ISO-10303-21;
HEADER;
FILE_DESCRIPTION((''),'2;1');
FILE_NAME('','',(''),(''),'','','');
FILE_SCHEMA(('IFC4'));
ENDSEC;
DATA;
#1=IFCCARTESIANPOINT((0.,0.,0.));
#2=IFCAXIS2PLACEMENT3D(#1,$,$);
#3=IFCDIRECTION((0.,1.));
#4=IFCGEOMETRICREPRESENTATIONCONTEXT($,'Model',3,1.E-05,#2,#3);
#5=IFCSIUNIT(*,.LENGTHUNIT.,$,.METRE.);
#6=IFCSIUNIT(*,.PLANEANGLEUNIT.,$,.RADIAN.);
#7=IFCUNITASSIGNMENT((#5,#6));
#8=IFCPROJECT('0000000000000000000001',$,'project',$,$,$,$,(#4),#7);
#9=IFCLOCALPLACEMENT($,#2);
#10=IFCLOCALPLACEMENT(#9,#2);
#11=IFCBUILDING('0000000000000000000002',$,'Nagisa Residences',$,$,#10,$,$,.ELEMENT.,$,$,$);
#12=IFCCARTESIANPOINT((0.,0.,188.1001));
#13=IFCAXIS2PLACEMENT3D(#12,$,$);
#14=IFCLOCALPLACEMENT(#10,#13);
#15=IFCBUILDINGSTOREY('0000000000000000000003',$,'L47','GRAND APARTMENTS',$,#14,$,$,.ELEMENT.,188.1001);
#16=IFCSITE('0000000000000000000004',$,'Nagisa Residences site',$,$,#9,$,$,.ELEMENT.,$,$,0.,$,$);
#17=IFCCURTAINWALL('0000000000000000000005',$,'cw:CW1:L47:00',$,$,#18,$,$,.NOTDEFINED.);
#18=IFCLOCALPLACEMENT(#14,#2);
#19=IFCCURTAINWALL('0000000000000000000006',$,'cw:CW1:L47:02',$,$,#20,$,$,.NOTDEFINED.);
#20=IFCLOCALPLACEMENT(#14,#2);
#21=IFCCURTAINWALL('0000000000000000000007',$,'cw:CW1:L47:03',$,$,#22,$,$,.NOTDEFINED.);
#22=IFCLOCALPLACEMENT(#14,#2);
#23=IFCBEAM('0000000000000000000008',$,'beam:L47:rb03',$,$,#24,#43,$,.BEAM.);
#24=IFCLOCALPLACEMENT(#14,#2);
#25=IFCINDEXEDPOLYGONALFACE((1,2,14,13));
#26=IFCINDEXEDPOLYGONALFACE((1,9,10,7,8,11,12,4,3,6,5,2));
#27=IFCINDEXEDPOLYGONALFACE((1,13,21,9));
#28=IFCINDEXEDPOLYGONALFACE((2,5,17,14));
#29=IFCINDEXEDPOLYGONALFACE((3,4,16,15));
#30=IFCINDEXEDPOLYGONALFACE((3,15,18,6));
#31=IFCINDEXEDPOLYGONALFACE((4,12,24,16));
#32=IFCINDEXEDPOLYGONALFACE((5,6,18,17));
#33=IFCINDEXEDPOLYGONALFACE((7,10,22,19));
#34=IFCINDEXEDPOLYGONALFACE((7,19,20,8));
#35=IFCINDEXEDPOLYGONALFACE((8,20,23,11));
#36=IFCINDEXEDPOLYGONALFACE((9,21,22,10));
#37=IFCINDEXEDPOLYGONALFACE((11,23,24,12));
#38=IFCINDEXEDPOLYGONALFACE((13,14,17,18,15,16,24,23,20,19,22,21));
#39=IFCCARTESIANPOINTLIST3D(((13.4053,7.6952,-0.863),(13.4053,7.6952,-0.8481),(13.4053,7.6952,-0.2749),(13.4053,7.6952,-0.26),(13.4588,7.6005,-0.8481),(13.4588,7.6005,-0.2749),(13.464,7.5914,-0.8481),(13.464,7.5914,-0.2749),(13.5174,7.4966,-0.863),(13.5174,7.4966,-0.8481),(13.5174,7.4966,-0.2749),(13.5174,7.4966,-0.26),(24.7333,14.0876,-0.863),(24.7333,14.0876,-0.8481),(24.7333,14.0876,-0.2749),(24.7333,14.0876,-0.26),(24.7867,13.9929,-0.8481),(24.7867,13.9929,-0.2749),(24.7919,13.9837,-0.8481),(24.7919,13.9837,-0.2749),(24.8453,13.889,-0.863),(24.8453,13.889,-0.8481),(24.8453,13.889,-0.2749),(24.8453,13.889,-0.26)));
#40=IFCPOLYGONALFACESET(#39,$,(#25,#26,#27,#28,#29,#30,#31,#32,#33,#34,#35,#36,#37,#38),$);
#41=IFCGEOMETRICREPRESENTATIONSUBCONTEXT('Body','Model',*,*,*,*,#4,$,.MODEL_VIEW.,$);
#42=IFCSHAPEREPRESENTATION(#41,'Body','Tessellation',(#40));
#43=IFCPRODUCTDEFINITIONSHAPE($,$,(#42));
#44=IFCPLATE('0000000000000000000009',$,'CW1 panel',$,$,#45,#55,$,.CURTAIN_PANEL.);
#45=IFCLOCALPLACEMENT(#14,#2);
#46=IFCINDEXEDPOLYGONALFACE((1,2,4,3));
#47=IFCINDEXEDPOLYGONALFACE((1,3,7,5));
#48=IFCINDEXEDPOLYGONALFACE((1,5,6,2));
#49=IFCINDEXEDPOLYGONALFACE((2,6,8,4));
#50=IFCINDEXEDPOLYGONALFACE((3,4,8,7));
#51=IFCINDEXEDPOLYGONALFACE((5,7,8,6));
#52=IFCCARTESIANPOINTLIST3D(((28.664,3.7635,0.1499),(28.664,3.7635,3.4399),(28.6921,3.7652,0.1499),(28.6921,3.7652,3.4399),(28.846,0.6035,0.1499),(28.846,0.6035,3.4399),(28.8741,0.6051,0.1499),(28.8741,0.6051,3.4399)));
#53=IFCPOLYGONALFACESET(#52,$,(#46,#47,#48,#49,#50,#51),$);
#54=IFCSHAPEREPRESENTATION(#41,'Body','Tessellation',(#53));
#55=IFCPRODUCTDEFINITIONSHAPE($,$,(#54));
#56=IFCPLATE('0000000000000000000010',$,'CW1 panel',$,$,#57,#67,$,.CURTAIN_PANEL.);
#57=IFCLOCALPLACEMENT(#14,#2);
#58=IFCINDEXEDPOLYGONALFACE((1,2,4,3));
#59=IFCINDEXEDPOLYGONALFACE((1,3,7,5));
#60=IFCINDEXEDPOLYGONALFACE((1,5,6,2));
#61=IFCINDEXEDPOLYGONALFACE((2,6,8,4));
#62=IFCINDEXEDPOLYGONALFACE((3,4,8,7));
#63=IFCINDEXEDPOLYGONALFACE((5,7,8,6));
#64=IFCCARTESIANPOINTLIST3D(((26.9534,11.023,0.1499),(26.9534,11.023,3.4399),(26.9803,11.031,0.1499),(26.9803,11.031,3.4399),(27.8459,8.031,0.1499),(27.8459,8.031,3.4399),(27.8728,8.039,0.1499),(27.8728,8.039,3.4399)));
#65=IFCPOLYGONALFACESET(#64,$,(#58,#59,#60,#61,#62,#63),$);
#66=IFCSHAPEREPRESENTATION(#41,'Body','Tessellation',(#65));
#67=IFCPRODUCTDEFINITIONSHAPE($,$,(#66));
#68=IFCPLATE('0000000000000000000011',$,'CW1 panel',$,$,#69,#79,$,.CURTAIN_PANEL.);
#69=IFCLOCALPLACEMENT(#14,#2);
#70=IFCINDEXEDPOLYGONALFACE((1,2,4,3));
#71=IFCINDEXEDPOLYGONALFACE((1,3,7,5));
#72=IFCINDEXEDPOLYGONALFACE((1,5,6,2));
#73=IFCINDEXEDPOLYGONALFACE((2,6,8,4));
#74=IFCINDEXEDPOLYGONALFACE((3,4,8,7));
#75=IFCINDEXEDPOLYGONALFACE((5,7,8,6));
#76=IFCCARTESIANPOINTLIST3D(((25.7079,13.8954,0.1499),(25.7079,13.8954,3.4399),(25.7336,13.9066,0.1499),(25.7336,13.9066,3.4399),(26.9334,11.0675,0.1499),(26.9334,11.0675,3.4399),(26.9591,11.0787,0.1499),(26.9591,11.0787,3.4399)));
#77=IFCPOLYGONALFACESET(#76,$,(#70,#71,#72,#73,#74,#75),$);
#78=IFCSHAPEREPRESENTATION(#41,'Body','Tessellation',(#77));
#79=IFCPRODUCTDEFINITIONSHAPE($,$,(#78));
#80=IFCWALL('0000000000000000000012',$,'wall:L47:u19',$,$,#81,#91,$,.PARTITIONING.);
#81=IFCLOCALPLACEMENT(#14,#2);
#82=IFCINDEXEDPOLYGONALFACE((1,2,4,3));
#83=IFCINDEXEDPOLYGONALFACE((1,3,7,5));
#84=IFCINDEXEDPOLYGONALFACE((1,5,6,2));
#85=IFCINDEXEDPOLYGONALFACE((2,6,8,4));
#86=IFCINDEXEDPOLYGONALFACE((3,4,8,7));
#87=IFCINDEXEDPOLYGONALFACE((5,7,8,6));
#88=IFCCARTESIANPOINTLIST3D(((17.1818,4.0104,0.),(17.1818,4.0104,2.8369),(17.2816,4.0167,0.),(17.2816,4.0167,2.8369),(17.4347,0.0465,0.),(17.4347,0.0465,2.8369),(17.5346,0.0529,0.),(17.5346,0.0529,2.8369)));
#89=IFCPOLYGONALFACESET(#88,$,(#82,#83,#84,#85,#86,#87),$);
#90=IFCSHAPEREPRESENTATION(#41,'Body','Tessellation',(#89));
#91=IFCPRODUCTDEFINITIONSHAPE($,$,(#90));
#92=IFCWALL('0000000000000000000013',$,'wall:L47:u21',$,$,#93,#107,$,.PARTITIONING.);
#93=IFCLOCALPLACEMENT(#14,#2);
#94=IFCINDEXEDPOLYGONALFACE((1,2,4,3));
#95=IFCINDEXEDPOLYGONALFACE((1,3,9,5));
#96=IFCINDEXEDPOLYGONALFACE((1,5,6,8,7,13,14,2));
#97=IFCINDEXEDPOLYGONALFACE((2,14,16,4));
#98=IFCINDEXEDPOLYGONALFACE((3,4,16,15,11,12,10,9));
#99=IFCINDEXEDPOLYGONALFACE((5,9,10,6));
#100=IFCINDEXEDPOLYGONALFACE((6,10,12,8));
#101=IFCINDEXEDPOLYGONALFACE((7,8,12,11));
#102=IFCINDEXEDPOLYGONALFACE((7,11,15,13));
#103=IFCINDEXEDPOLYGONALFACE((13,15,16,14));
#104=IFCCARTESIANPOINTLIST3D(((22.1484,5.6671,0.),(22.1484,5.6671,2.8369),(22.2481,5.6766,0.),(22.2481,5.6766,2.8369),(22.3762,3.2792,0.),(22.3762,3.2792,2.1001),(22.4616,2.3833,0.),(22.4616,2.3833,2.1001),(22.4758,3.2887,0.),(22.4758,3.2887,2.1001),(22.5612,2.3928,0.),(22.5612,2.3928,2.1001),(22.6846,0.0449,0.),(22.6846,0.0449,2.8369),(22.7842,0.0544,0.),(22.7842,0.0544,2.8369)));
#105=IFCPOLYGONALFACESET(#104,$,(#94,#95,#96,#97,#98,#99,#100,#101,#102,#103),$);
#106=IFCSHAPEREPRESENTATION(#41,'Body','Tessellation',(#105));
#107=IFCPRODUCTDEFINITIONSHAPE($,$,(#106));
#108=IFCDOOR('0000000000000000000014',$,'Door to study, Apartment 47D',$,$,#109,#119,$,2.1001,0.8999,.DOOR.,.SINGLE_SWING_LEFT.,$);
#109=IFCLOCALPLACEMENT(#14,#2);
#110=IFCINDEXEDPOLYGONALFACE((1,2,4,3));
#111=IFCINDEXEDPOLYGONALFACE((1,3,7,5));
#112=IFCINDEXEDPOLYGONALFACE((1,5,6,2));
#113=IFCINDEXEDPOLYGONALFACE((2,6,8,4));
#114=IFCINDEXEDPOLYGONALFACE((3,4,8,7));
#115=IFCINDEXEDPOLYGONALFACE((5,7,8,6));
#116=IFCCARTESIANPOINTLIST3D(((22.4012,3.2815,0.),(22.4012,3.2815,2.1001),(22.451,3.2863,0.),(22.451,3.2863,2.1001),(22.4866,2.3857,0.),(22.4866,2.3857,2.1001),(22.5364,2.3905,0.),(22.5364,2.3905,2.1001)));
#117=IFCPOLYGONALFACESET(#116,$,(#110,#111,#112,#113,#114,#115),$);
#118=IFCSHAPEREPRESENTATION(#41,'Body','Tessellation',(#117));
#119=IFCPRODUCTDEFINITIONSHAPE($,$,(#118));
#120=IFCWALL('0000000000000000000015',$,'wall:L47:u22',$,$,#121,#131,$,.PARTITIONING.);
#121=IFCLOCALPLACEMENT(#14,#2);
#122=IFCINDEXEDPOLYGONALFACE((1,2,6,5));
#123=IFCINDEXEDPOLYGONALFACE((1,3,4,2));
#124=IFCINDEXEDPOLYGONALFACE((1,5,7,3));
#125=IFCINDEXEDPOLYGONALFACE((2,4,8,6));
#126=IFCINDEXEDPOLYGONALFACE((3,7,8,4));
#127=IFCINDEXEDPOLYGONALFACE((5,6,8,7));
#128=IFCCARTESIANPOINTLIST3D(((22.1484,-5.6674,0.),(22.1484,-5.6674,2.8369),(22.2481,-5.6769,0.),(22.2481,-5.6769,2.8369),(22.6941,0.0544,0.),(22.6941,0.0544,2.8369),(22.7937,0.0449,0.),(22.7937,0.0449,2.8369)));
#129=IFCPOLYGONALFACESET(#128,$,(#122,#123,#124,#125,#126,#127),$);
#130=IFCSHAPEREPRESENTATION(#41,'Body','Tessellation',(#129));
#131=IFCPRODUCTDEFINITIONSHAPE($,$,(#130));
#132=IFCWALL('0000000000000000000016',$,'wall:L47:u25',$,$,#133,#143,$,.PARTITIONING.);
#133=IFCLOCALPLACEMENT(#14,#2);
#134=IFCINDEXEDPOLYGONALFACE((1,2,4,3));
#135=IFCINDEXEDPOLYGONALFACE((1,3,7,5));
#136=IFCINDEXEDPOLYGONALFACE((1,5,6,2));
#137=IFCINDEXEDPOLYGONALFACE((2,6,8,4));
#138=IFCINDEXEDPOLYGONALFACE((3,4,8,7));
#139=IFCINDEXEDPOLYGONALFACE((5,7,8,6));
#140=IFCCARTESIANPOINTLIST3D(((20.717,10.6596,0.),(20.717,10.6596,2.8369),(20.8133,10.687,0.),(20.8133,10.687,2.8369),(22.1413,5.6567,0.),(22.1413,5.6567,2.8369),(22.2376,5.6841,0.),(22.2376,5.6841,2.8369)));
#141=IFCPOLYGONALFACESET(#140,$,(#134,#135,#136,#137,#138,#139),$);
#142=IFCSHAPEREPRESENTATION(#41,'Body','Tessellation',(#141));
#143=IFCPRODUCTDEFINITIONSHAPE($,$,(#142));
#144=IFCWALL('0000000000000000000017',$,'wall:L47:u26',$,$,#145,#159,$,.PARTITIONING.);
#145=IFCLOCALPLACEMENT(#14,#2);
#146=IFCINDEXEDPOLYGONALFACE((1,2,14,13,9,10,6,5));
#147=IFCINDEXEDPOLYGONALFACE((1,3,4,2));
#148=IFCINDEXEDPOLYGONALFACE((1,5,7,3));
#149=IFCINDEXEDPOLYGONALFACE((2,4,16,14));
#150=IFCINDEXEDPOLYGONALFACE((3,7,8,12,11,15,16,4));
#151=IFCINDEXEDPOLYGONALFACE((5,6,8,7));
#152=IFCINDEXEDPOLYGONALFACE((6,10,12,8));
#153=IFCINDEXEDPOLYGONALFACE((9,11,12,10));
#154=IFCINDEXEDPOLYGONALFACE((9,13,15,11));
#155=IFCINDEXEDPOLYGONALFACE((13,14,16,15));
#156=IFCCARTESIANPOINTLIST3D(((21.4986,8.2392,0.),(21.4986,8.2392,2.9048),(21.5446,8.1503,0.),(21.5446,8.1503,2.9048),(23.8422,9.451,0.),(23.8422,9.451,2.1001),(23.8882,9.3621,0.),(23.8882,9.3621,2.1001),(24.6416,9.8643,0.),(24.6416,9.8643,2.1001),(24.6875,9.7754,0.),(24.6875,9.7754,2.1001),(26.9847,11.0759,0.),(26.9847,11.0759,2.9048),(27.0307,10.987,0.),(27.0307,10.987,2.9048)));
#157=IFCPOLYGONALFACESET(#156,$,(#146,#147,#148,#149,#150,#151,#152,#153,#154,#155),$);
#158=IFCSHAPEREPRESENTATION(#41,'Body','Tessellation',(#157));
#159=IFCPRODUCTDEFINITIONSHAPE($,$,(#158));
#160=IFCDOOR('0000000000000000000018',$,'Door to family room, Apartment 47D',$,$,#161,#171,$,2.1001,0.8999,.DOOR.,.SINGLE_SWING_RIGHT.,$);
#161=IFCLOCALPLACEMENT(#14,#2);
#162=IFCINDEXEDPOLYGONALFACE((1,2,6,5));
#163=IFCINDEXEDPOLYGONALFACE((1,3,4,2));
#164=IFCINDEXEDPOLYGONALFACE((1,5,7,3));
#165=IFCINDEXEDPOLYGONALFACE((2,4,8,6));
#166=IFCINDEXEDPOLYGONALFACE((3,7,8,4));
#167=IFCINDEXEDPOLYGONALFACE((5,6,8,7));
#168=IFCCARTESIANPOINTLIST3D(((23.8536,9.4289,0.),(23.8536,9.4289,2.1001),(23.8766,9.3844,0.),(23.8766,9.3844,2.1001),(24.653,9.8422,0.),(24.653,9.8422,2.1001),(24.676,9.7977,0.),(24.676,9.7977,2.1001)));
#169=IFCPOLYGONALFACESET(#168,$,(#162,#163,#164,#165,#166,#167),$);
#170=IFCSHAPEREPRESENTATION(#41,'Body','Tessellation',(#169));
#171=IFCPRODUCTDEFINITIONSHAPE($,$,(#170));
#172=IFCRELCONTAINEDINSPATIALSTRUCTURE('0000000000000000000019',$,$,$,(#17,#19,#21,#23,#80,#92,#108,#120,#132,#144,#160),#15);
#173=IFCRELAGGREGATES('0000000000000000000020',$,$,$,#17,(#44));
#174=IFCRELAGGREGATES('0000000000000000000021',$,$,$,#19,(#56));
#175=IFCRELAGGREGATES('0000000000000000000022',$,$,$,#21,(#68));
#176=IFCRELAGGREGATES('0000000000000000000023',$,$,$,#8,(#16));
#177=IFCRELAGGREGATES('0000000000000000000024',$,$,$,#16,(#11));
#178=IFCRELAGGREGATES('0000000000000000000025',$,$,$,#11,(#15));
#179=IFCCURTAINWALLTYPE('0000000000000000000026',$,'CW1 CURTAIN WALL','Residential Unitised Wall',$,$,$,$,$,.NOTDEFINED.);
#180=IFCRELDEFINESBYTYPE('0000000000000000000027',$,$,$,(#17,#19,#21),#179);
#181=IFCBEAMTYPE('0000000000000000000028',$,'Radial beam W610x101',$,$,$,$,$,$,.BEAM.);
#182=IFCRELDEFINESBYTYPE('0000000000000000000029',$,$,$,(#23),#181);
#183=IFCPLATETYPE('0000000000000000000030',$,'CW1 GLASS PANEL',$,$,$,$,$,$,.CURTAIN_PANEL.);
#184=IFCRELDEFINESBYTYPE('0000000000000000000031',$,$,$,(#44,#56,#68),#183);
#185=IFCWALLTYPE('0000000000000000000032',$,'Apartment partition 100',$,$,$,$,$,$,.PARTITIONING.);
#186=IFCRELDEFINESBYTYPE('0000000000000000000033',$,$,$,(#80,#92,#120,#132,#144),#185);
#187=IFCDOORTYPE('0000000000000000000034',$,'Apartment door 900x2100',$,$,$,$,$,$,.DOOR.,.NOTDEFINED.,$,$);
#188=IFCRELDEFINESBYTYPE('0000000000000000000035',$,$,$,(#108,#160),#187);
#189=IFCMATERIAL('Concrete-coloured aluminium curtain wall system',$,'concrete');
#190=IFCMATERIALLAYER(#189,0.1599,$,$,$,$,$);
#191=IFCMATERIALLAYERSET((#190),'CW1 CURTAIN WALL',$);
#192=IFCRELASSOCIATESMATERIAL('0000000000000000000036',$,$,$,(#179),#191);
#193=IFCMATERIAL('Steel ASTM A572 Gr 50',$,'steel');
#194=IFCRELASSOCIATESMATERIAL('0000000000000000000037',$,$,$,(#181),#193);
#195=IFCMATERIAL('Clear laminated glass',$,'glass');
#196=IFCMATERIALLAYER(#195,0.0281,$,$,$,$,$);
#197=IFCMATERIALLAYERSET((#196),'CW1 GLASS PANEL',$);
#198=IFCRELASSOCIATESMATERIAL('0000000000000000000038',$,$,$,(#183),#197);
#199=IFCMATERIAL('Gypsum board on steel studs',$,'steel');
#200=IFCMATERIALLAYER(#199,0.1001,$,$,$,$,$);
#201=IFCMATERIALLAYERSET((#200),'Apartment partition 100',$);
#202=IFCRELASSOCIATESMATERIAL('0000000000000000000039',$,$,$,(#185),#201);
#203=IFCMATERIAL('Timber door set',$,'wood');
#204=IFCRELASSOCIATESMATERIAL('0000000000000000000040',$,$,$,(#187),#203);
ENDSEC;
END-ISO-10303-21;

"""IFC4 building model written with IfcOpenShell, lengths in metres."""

from ifc_helpers import new_model, si_unit, direction, frame, frame_2d, origin, origin_2d, place, context, subcontext, project, spatial, rectangle, i_section, extrude, material, layer, layer_set, material_profile, profile_set, type_object, element, fill, aggregate, save


model = new_model("IFC4")

# Units and contexts
model_context = context("Model", 3, precision=1e-05, world=origin(), true_north=direction((0.0, 1.0)))
body_context = subcontext(model_context, "Body", "Model", "MODEL_VIEW")
ifc_project = project(units=[si_unit("LENGTHUNIT", "METRE"), si_unit("PLANEANGLEUNIT", "RADIAN")], contexts=[model_context])

# Site, building, storey
site_placement = place(None, origin())
site = spatial("IfcSite", under=ifc_project, at=site_placement, Name="Nagisa Residences site", CompositionType="ELEMENT", RefElevation=0.0)
building_placement = place(site_placement, origin())
building = spatial("IfcBuilding", under=site, at=building_placement, Name="Nagisa Residences", CompositionType="ELEMENT")
storey_placement = place(building_placement, frame((0.0, 0.0, 188.1001)))
storey = spatial("IfcBuildingStorey", under=building, at=storey_placement, Name="L47", Description="GRAND APARTMENTS", CompositionType="ELEMENT", Elevation=188.1001)

# Curtain walls
ifc_material_1 = material(Name="Concrete-coloured aluminium curtain wall system", Category="concrete")
ifc_layer_1 = layer(ifc_material_1, 0.1599)
ifc_layer_set_1 = layer_set([ifc_layer_1], Name="CW1 CURTAIN WALL")
curtain_wall_type = type_object("IfcCurtainWallType", Name="CW1 CURTAIN WALL", Description="Residential Unitised Wall", PredefinedType="NOTDEFINED", material=ifc_layer_set_1)
curtain_wall_1_placement = place(storey_placement, origin())
curtain_wall_1 = element("IfcCurtainWall", 1, at=curtain_wall_1_placement, inside=storey, type_object=curtain_wall_type, Name="cw:CW1:L47:00", PredefinedType="NOTDEFINED")
curtain_wall_2_placement = place(storey_placement, origin())
curtain_wall_2 = element("IfcCurtainWall", 2, at=curtain_wall_2_placement, inside=storey, type_object=curtain_wall_type, Name="cw:CW1:L47:02", PredefinedType="NOTDEFINED")
curtain_wall_3_placement = place(storey_placement, origin())
curtain_wall_3 = element("IfcCurtainWall", 3, at=curtain_wall_3_placement, inside=storey, type_object=curtain_wall_type, Name="cw:CW1:L47:03", PredefinedType="NOTDEFINED")

# Beam
ifc_material_2 = material(Name="Steel ASTM A572 Gr 50", Category="steel")
ifc_material_profile_1 = material_profile(ifc_material_2, i_section(OverallWidth=0.228, OverallDepth=0.603, WebThickness=0.0105, FlangeThickness=0.0149, at=origin_2d()), Name="W610x101")
ifc_profile_set_1 = profile_set([ifc_material_profile_1], Name="Steel ASTM A572 Gr 50")
beam_type_1 = type_object("IfcBeamType", Name="Radial beam W610x101", PredefinedType="BEAM", material=ifc_profile_set_1)
beam_1_placement = place(storey_placement, frame((24.7893, 13.9883, -0.5615), z_axis=(-0.870905, -0.491452, 0.0), x_axis=(0.491452, -0.870905, 0.0)))
element("IfcBeam", 4, at=beam_1_placement, inside=storey, type_object=beam_type_1, Name="beam:L47:rb03", PredefinedType="BEAM", context=body_context, shape_type="SweptSolid", body=[
    extrude(i_section(OverallWidth=0.228, OverallDepth=0.603, WebThickness=0.0105, FlangeThickness=0.0149, at=origin_2d()), origin(), (0.0, 0.0, 1.0), 13.0071),
])

# Plates
ifc_material_3 = material(Name="Clear laminated glass", Category="glass")
ifc_layer_2 = layer(ifc_material_3, 0.0281)
ifc_layer_set_2 = layer_set([ifc_layer_2], Name="CW1 GLASS PANEL")
plate_type = type_object("IfcPlateType", Name="CW1 GLASS PANEL", PredefinedType="CURTAIN_PANEL", material=ifc_layer_set_2)
plate_1_placement = place(storey_placement, frame((28.769, 2.1843, 0.1499), z_axis=(0.0, 0.0, 1.0), x_axis=(-0.057503, 0.998345, 0.0)))
plate_1 = element("IfcPlate", 5, at=plate_1_placement, type_object=plate_type, Name="CW1 panel", PredefinedType="CURTAIN_PANEL", context=body_context, shape_type="SweptSolid", body=[
    extrude(rectangle(XDim=3.1653, YDim=0.0281, at=origin_2d()), origin(), (0.0, 0.0, 1.0), 3.29),
])
aggregate(curtain_wall_1, [plate_1])
plate_2_placement = place(storey_placement, frame((27.4131, 9.531, 0.1499), z_axis=(0.0, 0.0, 1.0), x_axis=(-0.28586, 0.958271, 0.0)))
plate_2 = element("IfcPlate", 6, at=plate_2_placement, type_object=plate_type, Name="CW1 panel", PredefinedType="CURTAIN_PANEL", context=body_context, shape_type="SweptSolid", body=[
    extrude(rectangle(XDim=3.1223, YDim=0.0281, at=origin_2d()), origin(), (0.0, 0.0, 1.0), 3.29),
])
aggregate(curtain_wall_2, [plate_2])
plate_3_placement = place(storey_placement, frame((26.3335, 12.4871, 0.1499), z_axis=(0.0, 0.0, 1.0), x_axis=(-0.397636, 0.917543, 0.0)))
plate_3 = element("IfcPlate", 7, at=plate_3_placement, type_object=plate_type, Name="CW1 panel", PredefinedType="CURTAIN_PANEL", context=body_context, shape_type="SweptSolid", body=[
    extrude(rectangle(XDim=3.082, YDim=0.0281, at=origin_2d()), origin(), (0.0, 0.0, 1.0), 3.29),
])
aggregate(curtain_wall_3, [plate_3])

# Wall
ifc_material_4 = material(Name="Gypsum board on steel studs", Category="steel")
ifc_layer_3 = layer(ifc_material_4, 0.1001)
ifc_layer_set_3 = layer_set([ifc_layer_3], Name="Apartment partition 100")
wall_type_1 = type_object("IfcWallType", Name="Apartment partition 100", PredefinedType="PARTITIONING", material=ifc_layer_set_3)
wall_1_placement = place(storey_placement, frame((17.4846, 0.0498, 0.0), z_axis=(0.0, 0.0, 1.0), x_axis=(-0.063679, 0.99797, 0.0)))
element("IfcWall", 8, at=wall_1_placement, inside=storey, type_object=wall_type_1, Name="wall:L47:u19", PredefinedType="PARTITIONING", context=body_context, shape_type="SweptSolid", body=[
    extrude(rectangle(XDim=3.9719, YDim=0.1001, at=frame_2d((1.9858, 0.0))), origin(), (0.0, 0.0, 1.0), 2.8369),
])

# Wall, opening, door
wall_2_placement = place(storey_placement, frame((22.7344, 0.0498, 0.0), z_axis=(0.0, 0.0, 1.0), x_axis=(-0.094927, 0.995484, 0.0)))
wall_2 = element("IfcWall", 9, at=wall_2_placement, inside=storey, type_object=wall_type_1, Name="wall:L47:u21", PredefinedType="PARTITIONING", context=body_context, shape_type="SweptSolid", body=[
    extrude(rectangle(XDim=5.6477, YDim=0.1001, at=frame_2d((2.8237, 0.0))), origin(), (0.0, 0.0, 1.0), 2.8369),
])
opening_1_placement = place(wall_2_placement, frame((2.3489, 0.0, 0.0)))
opening_1 = element("IfcOpeningElement", 10, at=opening_1_placement, cuts=wall_2, PredefinedType="OPENING", context=body_context, shape_type="SweptSolid", body=[
    extrude(rectangle(XDim=0.8999, YDim=2.1001, at=frame_2d((0.45, 1.05))), frame((0.0, 0.0601, 0.0), z_axis=(0.0, -1.0, 0.0), x_axis=(1.0, 0.0, 0.0)), (0.0, 0.0, 1.0), 0.1201),
])
ifc_material_5 = material(Name="Timber door set", Category="wood")
door_type_1 = type_object("IfcDoorType", Name="Apartment door 900x2100", OperationType="NOTDEFINED", PredefinedType="DOOR", material=ifc_material_5)
door_1_placement = place(opening_1_placement, origin())
door_1 = element("IfcDoor", 11, at=door_1_placement, inside=storey, type_object=door_type_1, Name="Door to study, Apartment 47D", OperationType="SINGLE_SWING_LEFT", OverallHeight=2.1001, OverallWidth=0.8999, PredefinedType="DOOR", context=body_context, shape_type="SweptSolid", body=[
    extrude(rectangle(XDim=0.8999, YDim=2.1001, at=frame_2d((0.45, 1.05))), frame((0.0, 0.0249, 0.0), z_axis=(0.0, -1.0, 0.0), x_axis=(1.0, 0.0, 0.0)), (0.0, 0.0, 1.0), 0.05),
])
fill(opening_1, door_1)

# Walls
wall_3_placement = place(storey_placement, frame((22.7439, 0.0498, 0.0), z_axis=(0.0, 0.0, 1.0), x_axis=(-0.094931, -0.995484, 0.0)))
element("IfcWall", 12, at=wall_3_placement, inside=storey, type_object=wall_type_1, Name="wall:L47:u22", PredefinedType="PARTITIONING", context=body_context, shape_type="SweptSolid", body=[
    extrude(rectangle(XDim=5.7478, YDim=0.1001, at=frame_2d((2.874, 0.0))), origin(), (0.0, 0.0, 1.0), 2.8369),
])
wall_4_placement = place(storey_placement, frame((22.1895, 5.6704, 0.0), z_axis=(0.0, 0.0, 1.0), x_axis=(-0.273816, 0.961782, 0.0)))
element("IfcWall", 13, at=wall_4_placement, inside=storey, type_object=wall_type_1, Name="wall:L47:u25", PredefinedType="PARTITIONING", context=body_context, shape_type="SweptSolid", body=[
    extrude(rectangle(XDim=5.2017, YDim=0.1001, at=frame_2d((2.6008, 0.0))), origin(), (0.0, 0.0, 1.0), 2.8369),
])

# Wall, opening, door
wall_5_placement = place(storey_placement, frame((21.5217, 8.1948, 0.0), z_axis=(0.0, 0.0, 1.0), x_axis=(0.888281, 0.4593, 0.0)))
wall_5 = element("IfcWall", 14, at=wall_5_placement, inside=storey, type_object=wall_type_1, Name="wall:L47:u26", PredefinedType="PARTITIONING", context=body_context, shape_type="SweptSolid", body=[
    extrude(rectangle(XDim=6.176, YDim=0.1001, at=frame_2d((3.0879, 0.0))), origin(), (0.0, 0.0, 1.0), 2.9048),
])
opening_2_placement = place(wall_5_placement, frame((2.6382, 0.0, 0.0)))
opening_2 = element("IfcOpeningElement", 15, at=opening_2_placement, cuts=wall_5, PredefinedType="OPENING", context=body_context, shape_type="SweptSolid", body=[
    extrude(rectangle(XDim=0.8999, YDim=2.1001, at=frame_2d((0.45, 1.05))), frame((0.0, 0.0601, 0.0), z_axis=(0.0, -1.0, 0.0), x_axis=(1.0, 0.0, 0.0)), (0.0, 0.0, 1.0), 0.1201),
])
door_2_placement = place(opening_2_placement, frame((0.8999, 0.0, 0.0), x_axis=(-1.0, 0.0, 0.0)))
door_2 = element("IfcDoor", 16, at=door_2_placement, inside=storey, type_object=door_type_1, Name="Door to family room, Apartment 47D", OperationType="SINGLE_SWING_RIGHT", OverallHeight=2.1001, OverallWidth=0.8999, PredefinedType="DOOR", context=body_context, shape_type="SweptSolid", body=[
    extrude(rectangle(XDim=0.8999, YDim=2.1001, at=frame_2d((0.45, 1.05))), frame((0.0, 0.0249, 0.0), z_axis=(0.0, -1.0, 0.0), x_axis=(1.0, 0.0, 0.0)), (0.0, 0.0, 1.0), 0.05),
])
fill(opening_2, door_2)

save(model, "model.ifc")
